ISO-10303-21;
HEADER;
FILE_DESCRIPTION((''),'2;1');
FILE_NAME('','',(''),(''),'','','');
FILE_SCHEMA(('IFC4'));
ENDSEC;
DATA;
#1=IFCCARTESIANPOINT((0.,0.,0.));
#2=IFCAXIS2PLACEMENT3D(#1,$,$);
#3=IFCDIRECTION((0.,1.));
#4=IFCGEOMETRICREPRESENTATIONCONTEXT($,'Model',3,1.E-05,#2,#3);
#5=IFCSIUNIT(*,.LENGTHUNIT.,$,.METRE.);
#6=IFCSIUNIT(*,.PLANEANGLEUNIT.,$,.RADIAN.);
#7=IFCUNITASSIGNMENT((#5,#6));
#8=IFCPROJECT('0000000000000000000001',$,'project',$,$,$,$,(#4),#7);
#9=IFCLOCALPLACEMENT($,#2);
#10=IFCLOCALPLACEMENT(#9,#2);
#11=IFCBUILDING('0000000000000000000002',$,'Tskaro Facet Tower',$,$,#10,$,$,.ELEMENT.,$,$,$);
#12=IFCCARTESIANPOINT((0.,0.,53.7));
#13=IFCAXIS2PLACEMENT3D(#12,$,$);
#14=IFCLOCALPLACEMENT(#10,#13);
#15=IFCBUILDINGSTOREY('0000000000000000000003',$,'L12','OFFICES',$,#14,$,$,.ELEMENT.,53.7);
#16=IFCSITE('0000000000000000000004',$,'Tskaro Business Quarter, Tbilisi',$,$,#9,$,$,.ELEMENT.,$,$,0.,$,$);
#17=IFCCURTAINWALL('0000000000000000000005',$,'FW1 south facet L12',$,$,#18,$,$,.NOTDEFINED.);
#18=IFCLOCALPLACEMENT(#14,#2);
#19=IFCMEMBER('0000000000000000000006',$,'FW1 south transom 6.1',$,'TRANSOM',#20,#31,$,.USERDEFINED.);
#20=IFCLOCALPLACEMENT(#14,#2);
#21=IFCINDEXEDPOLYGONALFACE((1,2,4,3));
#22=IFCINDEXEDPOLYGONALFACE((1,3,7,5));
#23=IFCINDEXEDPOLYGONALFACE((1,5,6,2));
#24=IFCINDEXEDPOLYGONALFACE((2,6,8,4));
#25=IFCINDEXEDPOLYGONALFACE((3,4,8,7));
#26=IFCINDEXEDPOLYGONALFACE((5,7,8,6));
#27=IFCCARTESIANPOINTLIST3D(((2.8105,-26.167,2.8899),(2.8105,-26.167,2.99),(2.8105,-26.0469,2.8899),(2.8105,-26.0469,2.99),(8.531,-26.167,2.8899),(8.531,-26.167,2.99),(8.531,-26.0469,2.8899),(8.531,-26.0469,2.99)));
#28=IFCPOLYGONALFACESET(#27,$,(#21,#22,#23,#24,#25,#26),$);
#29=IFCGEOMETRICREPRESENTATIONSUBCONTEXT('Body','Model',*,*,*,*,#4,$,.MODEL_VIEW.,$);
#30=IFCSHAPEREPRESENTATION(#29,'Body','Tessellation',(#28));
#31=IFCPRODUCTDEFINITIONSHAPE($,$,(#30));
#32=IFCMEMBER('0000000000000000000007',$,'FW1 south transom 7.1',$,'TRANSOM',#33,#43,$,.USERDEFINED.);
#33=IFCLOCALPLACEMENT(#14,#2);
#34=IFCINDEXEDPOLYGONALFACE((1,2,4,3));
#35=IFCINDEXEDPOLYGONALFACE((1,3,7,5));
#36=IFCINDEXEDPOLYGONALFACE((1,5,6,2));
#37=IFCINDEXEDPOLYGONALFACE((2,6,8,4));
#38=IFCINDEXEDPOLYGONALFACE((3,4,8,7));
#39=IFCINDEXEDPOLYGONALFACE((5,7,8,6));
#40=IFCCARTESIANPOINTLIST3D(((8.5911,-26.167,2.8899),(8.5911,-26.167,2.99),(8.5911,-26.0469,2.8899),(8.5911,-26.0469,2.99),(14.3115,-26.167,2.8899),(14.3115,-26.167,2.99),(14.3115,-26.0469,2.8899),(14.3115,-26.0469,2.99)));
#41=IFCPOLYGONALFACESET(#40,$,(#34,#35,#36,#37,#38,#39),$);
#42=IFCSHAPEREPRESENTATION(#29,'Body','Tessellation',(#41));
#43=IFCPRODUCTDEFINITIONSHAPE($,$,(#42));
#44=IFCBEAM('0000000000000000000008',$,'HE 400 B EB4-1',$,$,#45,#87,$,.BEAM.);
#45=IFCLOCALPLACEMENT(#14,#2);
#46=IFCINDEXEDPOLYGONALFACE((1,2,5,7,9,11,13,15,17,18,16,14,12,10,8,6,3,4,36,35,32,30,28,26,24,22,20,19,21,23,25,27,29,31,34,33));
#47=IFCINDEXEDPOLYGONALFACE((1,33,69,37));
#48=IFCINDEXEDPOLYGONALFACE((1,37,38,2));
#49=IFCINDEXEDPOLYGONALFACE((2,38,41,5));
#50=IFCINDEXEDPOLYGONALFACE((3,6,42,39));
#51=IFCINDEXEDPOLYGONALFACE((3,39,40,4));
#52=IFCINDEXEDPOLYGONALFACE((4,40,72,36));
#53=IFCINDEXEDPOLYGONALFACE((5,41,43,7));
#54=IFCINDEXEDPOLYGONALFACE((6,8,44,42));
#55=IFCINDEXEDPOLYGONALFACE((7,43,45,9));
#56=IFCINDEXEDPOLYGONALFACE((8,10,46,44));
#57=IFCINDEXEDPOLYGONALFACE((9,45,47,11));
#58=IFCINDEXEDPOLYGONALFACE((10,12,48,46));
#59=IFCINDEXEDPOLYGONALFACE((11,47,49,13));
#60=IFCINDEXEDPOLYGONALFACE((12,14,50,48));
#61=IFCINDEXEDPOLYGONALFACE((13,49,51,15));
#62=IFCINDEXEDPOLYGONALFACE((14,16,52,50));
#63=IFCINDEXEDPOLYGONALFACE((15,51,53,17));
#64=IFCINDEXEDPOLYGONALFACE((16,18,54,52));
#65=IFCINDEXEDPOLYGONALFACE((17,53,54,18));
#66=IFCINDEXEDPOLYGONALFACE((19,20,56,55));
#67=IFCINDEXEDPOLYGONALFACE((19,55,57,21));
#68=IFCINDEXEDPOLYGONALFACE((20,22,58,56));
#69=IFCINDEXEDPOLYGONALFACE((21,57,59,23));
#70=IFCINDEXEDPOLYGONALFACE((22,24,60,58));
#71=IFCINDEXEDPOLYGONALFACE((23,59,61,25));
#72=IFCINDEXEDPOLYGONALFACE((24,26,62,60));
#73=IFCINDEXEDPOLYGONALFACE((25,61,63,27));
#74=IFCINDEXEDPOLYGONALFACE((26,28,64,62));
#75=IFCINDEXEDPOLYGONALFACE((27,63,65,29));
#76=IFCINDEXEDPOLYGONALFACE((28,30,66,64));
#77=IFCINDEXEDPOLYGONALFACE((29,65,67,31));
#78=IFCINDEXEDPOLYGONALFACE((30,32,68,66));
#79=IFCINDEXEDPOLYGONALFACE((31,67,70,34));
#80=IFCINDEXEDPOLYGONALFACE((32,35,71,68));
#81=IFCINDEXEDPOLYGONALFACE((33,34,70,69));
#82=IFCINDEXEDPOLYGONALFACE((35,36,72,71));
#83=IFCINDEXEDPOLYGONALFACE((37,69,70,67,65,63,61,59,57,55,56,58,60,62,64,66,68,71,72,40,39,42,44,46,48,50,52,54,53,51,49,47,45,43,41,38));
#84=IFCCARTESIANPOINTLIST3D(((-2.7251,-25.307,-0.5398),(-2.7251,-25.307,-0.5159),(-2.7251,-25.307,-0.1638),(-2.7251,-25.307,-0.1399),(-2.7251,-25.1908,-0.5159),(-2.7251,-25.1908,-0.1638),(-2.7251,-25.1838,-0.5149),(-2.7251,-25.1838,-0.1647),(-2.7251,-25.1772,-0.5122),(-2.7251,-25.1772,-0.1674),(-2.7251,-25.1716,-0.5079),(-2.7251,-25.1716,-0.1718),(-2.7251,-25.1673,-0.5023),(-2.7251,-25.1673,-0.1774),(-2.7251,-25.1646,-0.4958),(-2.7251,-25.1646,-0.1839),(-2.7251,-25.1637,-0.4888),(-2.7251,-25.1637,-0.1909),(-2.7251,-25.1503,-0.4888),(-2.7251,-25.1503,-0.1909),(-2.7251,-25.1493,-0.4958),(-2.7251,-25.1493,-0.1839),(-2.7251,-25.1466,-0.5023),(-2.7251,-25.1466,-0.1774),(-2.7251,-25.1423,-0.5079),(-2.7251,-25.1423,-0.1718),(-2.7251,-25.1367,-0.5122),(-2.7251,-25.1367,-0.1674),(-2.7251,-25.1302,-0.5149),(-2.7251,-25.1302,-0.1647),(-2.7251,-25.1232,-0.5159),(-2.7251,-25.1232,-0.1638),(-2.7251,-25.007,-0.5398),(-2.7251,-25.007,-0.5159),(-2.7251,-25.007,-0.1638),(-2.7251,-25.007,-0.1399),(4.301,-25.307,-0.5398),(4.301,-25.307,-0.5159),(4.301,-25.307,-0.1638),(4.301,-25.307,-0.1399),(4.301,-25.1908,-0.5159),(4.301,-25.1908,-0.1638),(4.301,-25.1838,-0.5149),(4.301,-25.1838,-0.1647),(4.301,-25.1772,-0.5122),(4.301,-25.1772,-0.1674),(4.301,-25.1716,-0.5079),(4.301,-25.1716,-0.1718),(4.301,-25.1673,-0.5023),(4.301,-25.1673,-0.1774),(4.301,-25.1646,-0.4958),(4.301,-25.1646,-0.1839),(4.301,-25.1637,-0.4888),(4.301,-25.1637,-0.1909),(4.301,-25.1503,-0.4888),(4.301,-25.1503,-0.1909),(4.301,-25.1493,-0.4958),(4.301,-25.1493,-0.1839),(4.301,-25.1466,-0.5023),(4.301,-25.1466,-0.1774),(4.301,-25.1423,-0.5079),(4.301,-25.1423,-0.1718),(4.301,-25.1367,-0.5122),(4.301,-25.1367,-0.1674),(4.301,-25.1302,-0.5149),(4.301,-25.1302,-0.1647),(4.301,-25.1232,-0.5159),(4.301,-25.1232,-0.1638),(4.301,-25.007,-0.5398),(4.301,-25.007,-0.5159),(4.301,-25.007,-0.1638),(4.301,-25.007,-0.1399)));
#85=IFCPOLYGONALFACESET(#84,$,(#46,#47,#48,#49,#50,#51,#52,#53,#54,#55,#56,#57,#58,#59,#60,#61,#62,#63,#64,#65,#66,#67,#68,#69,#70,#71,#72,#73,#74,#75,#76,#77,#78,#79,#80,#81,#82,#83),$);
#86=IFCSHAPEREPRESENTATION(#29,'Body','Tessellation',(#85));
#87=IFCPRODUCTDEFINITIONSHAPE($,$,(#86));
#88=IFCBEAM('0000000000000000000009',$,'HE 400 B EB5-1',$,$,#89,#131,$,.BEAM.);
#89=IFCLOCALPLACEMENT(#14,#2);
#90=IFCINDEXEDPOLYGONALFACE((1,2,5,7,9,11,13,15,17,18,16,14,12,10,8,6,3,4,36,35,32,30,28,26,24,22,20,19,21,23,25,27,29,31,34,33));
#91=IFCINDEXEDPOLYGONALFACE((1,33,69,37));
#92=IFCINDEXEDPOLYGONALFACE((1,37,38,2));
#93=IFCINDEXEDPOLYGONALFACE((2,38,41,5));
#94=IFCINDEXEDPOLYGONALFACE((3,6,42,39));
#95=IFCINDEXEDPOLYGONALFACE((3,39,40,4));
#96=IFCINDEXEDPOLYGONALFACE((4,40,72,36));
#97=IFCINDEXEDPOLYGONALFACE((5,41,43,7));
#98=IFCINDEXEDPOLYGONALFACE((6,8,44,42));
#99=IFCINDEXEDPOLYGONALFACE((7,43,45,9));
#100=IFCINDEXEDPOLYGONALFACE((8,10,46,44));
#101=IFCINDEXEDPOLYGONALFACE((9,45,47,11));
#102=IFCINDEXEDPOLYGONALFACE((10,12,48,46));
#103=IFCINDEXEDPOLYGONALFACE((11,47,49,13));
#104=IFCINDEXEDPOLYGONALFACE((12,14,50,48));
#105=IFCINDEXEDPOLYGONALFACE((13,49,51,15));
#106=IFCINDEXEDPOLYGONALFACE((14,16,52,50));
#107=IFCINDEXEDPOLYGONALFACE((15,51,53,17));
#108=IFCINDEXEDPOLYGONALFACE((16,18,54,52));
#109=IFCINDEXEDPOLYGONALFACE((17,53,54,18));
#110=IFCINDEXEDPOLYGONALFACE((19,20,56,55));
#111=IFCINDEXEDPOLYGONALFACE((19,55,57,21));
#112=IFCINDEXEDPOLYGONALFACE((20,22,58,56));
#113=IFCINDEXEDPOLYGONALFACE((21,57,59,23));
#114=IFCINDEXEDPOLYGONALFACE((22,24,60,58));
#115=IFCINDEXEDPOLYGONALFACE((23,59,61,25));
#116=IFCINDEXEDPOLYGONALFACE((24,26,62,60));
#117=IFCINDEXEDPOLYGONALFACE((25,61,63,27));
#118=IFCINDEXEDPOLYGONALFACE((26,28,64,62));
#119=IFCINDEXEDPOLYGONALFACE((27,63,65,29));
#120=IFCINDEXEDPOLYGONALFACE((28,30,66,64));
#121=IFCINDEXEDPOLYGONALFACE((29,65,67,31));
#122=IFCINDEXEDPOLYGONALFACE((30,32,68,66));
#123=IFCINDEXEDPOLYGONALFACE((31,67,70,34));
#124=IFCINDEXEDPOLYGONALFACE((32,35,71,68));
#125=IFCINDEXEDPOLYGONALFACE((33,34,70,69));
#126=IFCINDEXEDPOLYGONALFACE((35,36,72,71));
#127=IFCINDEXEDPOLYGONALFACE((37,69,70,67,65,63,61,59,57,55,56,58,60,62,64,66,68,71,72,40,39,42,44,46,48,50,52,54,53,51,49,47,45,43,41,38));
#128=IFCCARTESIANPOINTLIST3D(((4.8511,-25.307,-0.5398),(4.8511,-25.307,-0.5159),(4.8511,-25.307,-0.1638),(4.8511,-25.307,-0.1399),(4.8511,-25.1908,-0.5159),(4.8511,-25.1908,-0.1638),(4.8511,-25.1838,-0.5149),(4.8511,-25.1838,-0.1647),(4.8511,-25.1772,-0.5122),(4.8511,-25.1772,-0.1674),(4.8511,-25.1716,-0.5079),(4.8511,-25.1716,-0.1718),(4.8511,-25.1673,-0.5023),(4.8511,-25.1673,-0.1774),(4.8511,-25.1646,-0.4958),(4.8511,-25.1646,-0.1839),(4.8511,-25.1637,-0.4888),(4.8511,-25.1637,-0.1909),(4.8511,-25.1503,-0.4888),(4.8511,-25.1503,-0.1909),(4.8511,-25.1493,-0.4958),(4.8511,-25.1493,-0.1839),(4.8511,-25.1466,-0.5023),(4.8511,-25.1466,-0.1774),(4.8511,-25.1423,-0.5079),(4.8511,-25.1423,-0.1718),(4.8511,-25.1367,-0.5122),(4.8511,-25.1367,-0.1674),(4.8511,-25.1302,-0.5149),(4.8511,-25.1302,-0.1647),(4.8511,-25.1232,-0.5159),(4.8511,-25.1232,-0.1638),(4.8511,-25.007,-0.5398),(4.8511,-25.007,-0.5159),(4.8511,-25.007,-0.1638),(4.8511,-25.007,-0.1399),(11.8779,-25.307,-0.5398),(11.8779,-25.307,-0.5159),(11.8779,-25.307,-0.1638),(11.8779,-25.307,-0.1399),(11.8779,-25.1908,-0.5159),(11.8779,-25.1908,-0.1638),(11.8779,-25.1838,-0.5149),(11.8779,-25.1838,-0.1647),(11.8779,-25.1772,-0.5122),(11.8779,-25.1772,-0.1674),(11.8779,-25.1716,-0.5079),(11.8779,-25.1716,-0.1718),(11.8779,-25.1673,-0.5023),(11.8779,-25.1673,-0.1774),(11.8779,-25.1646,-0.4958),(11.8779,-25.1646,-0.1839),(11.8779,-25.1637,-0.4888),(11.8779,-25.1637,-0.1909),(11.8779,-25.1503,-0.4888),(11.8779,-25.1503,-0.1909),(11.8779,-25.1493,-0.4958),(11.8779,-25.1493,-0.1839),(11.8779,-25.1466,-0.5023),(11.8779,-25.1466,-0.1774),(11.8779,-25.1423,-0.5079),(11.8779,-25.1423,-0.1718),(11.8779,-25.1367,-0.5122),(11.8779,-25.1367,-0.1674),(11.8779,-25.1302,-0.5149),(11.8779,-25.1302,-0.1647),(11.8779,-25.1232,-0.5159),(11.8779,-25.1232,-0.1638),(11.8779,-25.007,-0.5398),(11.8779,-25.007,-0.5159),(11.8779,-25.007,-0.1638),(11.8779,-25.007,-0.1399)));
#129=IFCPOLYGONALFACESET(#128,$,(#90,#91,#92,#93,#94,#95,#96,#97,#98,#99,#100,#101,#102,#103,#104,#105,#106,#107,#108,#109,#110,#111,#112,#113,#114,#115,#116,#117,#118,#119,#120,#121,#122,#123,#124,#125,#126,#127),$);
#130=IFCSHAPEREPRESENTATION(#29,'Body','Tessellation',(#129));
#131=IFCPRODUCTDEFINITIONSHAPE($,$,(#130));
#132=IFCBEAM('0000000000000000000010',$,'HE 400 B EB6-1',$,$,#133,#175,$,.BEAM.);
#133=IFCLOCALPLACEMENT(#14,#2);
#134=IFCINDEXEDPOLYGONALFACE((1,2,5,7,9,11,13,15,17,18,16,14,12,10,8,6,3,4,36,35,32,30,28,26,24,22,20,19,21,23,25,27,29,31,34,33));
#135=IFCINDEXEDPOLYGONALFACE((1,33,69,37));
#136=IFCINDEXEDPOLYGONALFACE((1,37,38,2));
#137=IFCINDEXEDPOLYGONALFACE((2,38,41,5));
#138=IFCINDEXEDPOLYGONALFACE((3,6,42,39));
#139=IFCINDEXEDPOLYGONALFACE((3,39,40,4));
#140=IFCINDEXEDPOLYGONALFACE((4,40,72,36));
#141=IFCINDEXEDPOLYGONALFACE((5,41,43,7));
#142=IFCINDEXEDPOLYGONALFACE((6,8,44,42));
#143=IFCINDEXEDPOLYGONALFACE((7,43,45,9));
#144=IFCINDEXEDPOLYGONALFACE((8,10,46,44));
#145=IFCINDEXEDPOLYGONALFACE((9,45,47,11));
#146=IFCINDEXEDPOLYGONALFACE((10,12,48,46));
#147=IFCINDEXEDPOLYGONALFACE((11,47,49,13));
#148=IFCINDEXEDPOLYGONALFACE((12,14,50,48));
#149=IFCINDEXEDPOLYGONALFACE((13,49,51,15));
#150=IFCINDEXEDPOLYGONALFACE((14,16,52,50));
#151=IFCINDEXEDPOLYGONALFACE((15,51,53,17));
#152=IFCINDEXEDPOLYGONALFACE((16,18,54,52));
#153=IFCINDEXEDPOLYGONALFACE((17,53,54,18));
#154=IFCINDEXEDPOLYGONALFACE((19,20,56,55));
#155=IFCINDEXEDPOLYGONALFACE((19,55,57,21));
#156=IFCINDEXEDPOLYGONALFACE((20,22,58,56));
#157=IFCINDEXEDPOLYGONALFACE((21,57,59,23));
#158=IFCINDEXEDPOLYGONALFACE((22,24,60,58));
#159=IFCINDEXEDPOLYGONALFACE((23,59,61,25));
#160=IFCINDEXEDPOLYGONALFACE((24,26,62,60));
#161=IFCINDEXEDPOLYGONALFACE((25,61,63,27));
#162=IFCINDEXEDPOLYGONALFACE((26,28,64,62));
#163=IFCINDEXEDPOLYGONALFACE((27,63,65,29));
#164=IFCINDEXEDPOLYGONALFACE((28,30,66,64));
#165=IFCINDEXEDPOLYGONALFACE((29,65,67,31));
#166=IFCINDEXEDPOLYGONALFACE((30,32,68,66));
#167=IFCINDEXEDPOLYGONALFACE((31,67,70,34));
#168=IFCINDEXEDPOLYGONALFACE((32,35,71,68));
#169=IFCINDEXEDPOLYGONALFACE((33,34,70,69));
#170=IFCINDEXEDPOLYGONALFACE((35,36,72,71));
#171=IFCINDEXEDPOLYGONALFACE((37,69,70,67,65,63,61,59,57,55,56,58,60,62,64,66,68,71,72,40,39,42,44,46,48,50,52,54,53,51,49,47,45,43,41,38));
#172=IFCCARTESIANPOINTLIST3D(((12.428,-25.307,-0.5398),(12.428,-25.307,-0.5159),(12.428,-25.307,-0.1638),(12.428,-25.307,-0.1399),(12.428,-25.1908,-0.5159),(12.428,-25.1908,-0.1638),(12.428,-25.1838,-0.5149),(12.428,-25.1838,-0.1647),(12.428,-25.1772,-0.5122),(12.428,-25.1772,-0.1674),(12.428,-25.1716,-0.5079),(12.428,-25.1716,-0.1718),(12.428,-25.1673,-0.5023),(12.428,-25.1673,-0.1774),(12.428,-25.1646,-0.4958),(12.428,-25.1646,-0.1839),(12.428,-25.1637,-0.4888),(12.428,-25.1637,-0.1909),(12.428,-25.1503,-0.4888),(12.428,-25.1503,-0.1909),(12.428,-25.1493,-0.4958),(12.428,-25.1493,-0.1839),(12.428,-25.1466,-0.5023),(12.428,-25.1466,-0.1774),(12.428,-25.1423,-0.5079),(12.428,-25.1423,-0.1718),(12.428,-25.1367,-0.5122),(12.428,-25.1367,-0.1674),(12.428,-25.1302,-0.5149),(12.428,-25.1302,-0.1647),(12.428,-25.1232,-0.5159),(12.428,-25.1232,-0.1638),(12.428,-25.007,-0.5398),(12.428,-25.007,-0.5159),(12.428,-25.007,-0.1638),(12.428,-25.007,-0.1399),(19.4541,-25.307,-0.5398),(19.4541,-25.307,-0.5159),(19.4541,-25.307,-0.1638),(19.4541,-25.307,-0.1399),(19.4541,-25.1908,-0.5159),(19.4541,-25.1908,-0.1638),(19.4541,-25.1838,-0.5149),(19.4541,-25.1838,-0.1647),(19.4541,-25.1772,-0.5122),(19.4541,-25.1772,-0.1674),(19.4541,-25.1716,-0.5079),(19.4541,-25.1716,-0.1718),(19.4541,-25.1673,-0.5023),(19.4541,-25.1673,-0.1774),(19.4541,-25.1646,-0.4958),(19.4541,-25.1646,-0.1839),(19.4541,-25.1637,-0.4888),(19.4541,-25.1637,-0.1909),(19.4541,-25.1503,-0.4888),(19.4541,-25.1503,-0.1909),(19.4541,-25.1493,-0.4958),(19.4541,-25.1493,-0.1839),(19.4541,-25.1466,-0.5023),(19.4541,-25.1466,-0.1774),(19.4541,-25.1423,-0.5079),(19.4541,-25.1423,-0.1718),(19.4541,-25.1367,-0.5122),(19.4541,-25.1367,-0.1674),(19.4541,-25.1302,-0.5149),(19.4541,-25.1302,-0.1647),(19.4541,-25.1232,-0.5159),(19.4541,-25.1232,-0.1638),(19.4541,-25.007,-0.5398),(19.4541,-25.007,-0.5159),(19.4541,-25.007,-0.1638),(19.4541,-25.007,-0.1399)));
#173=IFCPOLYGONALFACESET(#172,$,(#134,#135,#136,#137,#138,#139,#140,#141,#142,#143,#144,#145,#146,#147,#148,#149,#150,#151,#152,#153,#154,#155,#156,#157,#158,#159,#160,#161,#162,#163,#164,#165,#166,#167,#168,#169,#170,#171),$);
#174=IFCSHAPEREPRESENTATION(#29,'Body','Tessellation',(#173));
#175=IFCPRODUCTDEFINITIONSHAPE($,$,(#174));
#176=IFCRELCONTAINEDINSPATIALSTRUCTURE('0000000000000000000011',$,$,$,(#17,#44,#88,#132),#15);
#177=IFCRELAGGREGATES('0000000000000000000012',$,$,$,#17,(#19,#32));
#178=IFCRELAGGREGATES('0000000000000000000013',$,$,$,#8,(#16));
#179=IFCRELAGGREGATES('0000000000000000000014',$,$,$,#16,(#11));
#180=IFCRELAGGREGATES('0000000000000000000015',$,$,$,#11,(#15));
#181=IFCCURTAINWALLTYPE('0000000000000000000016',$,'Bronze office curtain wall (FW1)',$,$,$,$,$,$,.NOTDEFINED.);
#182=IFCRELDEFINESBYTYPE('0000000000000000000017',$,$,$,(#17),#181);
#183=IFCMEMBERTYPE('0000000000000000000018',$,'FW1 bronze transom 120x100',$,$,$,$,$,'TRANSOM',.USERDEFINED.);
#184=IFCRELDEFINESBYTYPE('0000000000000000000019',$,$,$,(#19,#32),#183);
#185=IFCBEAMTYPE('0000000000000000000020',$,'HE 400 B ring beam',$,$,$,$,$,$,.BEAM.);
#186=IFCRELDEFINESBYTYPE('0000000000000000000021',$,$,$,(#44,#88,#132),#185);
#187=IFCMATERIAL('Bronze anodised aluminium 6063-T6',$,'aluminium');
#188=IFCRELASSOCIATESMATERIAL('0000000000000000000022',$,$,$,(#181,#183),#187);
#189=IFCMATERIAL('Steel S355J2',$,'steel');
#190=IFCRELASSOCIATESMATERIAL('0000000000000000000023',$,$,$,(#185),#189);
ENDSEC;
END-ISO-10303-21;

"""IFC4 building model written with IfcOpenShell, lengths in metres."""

from ifc_helpers import new_model, si_unit, direction, frame, origin, origin_2d, place, context, subcontext, project, spatial, rectangle, i_section, extrude, material, material_profile, profile_set, type_object, element, aggregate, save


model = new_model("IFC4")

# Units and contexts
model_context = context("Model", 3, precision=1e-05, world=origin(), true_north=direction((0.0, 1.0)))
body_context = subcontext(model_context, "Body", "Model", "MODEL_VIEW")
ifc_project = project(units=[si_unit("LENGTHUNIT", "METRE"), si_unit("PLANEANGLEUNIT", "RADIAN")], contexts=[model_context])

# Site, building, storey
site_placement = place(None, origin())
site = spatial("IfcSite", under=ifc_project, at=site_placement, Name="Tskaro Business Quarter, Tbilisi", CompositionType="ELEMENT", RefElevation=0.0)
building_placement = place(site_placement, origin())
building = spatial("IfcBuilding", under=site, at=building_placement, Name="Tskaro Facet Tower", CompositionType="ELEMENT")
storey_placement = place(building_placement, frame((0.0, 0.0, 53.7)))
storey = spatial("IfcBuildingStorey", under=building, at=storey_placement, Name="L12", Description="OFFICES", CompositionType="ELEMENT", Elevation=53.7)

# Curtain wall, members
ifc_material_1 = material(Name="Bronze anodised aluminium 6063-T6", Category="aluminium")
curtain_wall_type = type_object("IfcCurtainWallType", Name="Bronze office curtain wall (FW1)", PredefinedType="NOTDEFINED", material=ifc_material_1)
curtain_wall_placement = place(storey_placement, origin())
curtain_wall = element("IfcCurtainWall", 1, at=curtain_wall_placement, inside=storey, type_object=curtain_wall_type, Name="FW1 south facet L12", PredefinedType="NOTDEFINED")
ifc_material_profile_1 = material_profile(ifc_material_1, rectangle(XDim=0.1201, YDim=0.1001, at=origin_2d()), Name="Transom 120x100")
ifc_profile_set_1 = profile_set([ifc_material_profile_1], Name="Bronze anodised aluminium 6063-T6")
member_type_1 = type_object("IfcMemberType", Name="FW1 bronze transom 120x100", ElementType="TRANSOM", PredefinedType="USERDEFINED", material=ifc_profile_set_1)
member_1_placement = place(storey_placement, frame((2.8105, -26.1069, 2.9399), z_axis=(1.0, 0.0, 0.0), x_axis=(0.0, 1.0, 0.0)))
member_1 = element("IfcMember", 2, at=member_1_placement, type_object=member_type_1, Name="FW1 south transom 6.1", ObjectType="TRANSOM", PredefinedType="USERDEFINED", context=body_context, shape_type="SweptSolid", body=[
    extrude(rectangle(XDim=0.1201, YDim=0.1001, at=origin_2d()), origin(), (0.0, 0.0, 1.0), 5.7205),
])
member_2_placement = place(storey_placement, frame((8.5911, -26.1069, 2.9399), z_axis=(1.0, 0.0, 0.0), x_axis=(0.0, 1.0, 0.0)))
member_2 = element("IfcMember", 3, at=member_2_placement, type_object=member_type_1, Name="FW1 south transom 7.1", ObjectType="TRANSOM", PredefinedType="USERDEFINED", context=body_context, shape_type="SweptSolid", body=[
    extrude(rectangle(XDim=0.1201, YDim=0.1001, at=origin_2d()), origin(), (0.0, 0.0, 1.0), 5.7205),
])

# Beams
ifc_material_2 = material(Name="Steel S355J2", Category="steel")
ifc_material_profile_2 = material_profile(ifc_material_2, i_section(OverallWidth=0.3, OverallDepth=0.3999, WebThickness=0.0134, FlangeThickness=0.0239, FilletRadius=0.0271, at=origin_2d()), Name="HE 400 B")
ifc_profile_set_2 = profile_set([ifc_material_profile_2], Name="Steel S355J2")
beam_type_1 = type_object("IfcBeamType", Name="HE 400 B ring beam", PredefinedType="BEAM", material=ifc_profile_set_2)
beam_1_placement = place(storey_placement, frame((-2.7251, -25.157, -0.3398), z_axis=(1.0, 0.0, 0.0), x_axis=(0.0, 1.0, 0.0)))
element("IfcBeam", 4, at=beam_1_placement, inside=storey, type_object=beam_type_1, Name="HE 400 B EB4-1", PredefinedType="BEAM", context=body_context, shape_type="SweptSolid", body=[
    extrude(i_section(OverallWidth=0.3, OverallDepth=0.3999, WebThickness=0.0134, FlangeThickness=0.0239, FilletRadius=0.0271, at=origin_2d()), origin(), (0.0, 0.0, 1.0), 7.0261),
])
beam_2_placement = place(storey_placement, frame((4.8511, -25.157, -0.3398), z_axis=(1.0, 0.0, 0.0), x_axis=(0.0, 1.0, 0.0)))
element("IfcBeam", 5, at=beam_2_placement, inside=storey, type_object=beam_type_1, Name="HE 400 B EB5-1", PredefinedType="BEAM", context=body_context, shape_type="SweptSolid", body=[
    extrude(i_section(OverallWidth=0.3, OverallDepth=0.3999, WebThickness=0.0134, FlangeThickness=0.0239, FilletRadius=0.0271, at=origin_2d()), origin(), (0.0, 0.0, 1.0), 7.0269),
])
beam_3_placement = place(storey_placement, frame((12.428, -25.157, -0.3398), z_axis=(1.0, 0.0, 0.0), x_axis=(0.0, 1.0, 0.0)))
element("IfcBeam", 6, at=beam_3_placement, inside=storey, type_object=beam_type_1, Name="HE 400 B EB6-1", PredefinedType="BEAM", context=body_context, shape_type="SweptSolid", body=[
    extrude(i_section(OverallWidth=0.3, OverallDepth=0.3999, WebThickness=0.0134, FlangeThickness=0.0239, FilletRadius=0.0271, at=origin_2d()), origin(), (0.0, 0.0, 1.0), 7.0261),
])

aggregate(curtain_wall, [member_1, member_2])

save(model, "model.ifc")
